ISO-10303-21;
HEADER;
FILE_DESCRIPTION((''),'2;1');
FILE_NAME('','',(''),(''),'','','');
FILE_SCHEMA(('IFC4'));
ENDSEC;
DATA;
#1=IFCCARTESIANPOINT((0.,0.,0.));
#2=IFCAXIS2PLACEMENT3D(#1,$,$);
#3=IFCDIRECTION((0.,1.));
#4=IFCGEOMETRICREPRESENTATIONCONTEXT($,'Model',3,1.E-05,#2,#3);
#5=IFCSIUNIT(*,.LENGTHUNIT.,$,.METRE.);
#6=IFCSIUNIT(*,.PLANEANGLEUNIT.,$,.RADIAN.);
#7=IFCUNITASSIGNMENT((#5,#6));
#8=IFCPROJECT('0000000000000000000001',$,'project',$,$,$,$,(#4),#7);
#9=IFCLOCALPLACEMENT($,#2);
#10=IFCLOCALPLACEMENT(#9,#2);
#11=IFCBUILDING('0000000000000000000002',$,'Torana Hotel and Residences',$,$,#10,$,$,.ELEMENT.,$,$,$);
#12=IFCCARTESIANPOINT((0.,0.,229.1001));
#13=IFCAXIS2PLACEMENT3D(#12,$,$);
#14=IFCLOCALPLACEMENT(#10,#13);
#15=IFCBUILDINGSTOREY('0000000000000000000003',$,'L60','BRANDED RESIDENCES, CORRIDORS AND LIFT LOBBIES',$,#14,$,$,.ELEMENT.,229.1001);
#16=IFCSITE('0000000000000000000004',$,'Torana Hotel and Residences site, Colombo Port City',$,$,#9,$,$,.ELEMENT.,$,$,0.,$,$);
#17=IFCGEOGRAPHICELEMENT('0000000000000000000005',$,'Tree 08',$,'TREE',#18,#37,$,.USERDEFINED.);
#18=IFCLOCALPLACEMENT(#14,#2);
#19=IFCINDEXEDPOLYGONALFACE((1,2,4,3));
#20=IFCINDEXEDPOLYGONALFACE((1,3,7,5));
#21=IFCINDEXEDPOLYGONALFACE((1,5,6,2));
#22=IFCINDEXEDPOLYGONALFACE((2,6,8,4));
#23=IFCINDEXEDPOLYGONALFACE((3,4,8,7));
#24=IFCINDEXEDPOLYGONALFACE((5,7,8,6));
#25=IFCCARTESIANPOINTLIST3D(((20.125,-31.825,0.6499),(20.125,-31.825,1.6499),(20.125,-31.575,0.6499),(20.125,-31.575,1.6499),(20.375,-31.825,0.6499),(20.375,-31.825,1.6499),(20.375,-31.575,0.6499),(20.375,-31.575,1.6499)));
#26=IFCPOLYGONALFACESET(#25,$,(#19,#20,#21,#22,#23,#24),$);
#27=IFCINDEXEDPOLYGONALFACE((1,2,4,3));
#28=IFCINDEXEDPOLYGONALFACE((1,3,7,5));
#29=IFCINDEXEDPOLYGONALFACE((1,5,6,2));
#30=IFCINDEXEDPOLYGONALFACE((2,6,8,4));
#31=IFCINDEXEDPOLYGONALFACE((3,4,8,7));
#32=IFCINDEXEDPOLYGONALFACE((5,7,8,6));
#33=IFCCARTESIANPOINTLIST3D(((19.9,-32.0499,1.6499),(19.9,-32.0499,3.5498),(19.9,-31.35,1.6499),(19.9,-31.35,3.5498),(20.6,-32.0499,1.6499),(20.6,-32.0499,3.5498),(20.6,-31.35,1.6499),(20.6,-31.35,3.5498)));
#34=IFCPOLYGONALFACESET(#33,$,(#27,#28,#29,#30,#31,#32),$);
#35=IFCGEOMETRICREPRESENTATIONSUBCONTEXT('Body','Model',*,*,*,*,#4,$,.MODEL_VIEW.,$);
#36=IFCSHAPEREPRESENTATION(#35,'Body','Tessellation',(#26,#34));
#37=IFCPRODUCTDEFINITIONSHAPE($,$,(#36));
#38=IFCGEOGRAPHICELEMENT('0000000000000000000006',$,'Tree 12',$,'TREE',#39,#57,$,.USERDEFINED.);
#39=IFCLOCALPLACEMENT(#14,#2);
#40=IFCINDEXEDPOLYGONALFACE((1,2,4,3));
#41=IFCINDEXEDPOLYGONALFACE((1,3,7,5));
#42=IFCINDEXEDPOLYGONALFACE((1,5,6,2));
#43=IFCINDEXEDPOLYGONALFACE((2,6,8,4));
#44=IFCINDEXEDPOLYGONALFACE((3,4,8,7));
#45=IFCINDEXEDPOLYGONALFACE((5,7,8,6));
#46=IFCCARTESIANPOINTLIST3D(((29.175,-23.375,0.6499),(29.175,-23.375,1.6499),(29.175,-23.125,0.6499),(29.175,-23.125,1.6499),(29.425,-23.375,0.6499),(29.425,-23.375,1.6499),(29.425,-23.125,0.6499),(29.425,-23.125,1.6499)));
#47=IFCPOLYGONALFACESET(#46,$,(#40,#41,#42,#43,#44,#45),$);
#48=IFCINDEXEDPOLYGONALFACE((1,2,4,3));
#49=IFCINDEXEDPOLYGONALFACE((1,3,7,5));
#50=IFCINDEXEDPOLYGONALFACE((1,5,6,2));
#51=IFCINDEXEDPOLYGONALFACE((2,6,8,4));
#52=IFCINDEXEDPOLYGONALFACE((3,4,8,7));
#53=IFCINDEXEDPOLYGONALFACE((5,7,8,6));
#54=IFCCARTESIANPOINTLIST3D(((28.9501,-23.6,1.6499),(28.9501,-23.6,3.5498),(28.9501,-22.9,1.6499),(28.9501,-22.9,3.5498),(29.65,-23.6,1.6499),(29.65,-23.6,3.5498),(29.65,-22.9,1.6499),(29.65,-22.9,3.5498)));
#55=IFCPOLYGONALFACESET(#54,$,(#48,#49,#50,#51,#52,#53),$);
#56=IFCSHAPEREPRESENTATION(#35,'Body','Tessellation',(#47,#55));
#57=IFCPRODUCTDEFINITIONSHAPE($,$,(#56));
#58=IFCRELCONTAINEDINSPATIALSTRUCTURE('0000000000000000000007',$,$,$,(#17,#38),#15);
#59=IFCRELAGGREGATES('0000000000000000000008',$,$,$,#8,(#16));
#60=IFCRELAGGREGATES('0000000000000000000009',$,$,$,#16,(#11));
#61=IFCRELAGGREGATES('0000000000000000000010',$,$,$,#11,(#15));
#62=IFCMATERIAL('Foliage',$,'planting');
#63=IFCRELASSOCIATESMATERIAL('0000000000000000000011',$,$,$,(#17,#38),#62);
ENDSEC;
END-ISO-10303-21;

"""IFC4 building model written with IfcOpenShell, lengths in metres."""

from ifc_helpers import new_model, si_unit, direction, frame, origin, origin_2d, place, context, subcontext, project, spatial, rectangle, extrude, material, element, save


model = new_model("IFC4")

# Units and contexts
model_context = context("Model", 3, precision=1e-05, world=origin(), true_north=direction((0.0, 1.0)))
body_context = subcontext(model_context, "Body", "Model", "MODEL_VIEW")
ifc_project = project(units=[si_unit("LENGTHUNIT", "METRE"), si_unit("PLANEANGLEUNIT", "RADIAN")], contexts=[model_context])

# Site, building, storey
site_placement = place(None, origin())
site = spatial("IfcSite", under=ifc_project, at=site_placement, Name="Torana Hotel and Residences site, Colombo Port City", CompositionType="ELEMENT", RefElevation=0.0)
building_placement = place(site_placement, origin())
building = spatial("IfcBuilding", under=site, at=building_placement, Name="Torana Hotel and Residences", CompositionType="ELEMENT")
storey_placement = place(building_placement, frame((0.0, 0.0, 229.1001)))
storey = spatial("IfcBuildingStorey", under=building, at=storey_placement, Name="L60", Description="BRANDED RESIDENCES, CORRIDORS AND LIFT LOBBIES", CompositionType="ELEMENT", Elevation=229.1001)

# Geographic elements
ifc_material_1 = material(Name="Foliage", Category="planting")
for number, where, z_axis, x_axis, name in (
    (1, (20.25, -31.7, 0.6499), (0.0, 0.0, 1.0), (1.0, 0.0, 0.0), "Tree 08"),
    (2, (29.3, -23.25, 0.6499), (0.0, 0.0, 1.0), (1.0, 0.0, 0.0), "Tree 12"),
):
    element("IfcGeographicElement", number, at=place(storey_placement, frame(where, z_axis=z_axis, x_axis=x_axis)), inside=storey, material=ifc_material_1, Name=name, ObjectType="TREE", PredefinedType="USERDEFINED", context=body_context, shape_type="SweptSolid", body=[
        extrude(rectangle(XDim=0.25, YDim=0.25, at=origin_2d()), origin(), (0.0, 0.0, 1.0), 1.0),
        extrude(rectangle(XDim=0.7, YDim=0.7, at=origin_2d()), frame((0.0, 0.0, 1.0)), (0.0, 0.0, 1.0), 1.8999),
    ])

save(model, "model.ifc")
